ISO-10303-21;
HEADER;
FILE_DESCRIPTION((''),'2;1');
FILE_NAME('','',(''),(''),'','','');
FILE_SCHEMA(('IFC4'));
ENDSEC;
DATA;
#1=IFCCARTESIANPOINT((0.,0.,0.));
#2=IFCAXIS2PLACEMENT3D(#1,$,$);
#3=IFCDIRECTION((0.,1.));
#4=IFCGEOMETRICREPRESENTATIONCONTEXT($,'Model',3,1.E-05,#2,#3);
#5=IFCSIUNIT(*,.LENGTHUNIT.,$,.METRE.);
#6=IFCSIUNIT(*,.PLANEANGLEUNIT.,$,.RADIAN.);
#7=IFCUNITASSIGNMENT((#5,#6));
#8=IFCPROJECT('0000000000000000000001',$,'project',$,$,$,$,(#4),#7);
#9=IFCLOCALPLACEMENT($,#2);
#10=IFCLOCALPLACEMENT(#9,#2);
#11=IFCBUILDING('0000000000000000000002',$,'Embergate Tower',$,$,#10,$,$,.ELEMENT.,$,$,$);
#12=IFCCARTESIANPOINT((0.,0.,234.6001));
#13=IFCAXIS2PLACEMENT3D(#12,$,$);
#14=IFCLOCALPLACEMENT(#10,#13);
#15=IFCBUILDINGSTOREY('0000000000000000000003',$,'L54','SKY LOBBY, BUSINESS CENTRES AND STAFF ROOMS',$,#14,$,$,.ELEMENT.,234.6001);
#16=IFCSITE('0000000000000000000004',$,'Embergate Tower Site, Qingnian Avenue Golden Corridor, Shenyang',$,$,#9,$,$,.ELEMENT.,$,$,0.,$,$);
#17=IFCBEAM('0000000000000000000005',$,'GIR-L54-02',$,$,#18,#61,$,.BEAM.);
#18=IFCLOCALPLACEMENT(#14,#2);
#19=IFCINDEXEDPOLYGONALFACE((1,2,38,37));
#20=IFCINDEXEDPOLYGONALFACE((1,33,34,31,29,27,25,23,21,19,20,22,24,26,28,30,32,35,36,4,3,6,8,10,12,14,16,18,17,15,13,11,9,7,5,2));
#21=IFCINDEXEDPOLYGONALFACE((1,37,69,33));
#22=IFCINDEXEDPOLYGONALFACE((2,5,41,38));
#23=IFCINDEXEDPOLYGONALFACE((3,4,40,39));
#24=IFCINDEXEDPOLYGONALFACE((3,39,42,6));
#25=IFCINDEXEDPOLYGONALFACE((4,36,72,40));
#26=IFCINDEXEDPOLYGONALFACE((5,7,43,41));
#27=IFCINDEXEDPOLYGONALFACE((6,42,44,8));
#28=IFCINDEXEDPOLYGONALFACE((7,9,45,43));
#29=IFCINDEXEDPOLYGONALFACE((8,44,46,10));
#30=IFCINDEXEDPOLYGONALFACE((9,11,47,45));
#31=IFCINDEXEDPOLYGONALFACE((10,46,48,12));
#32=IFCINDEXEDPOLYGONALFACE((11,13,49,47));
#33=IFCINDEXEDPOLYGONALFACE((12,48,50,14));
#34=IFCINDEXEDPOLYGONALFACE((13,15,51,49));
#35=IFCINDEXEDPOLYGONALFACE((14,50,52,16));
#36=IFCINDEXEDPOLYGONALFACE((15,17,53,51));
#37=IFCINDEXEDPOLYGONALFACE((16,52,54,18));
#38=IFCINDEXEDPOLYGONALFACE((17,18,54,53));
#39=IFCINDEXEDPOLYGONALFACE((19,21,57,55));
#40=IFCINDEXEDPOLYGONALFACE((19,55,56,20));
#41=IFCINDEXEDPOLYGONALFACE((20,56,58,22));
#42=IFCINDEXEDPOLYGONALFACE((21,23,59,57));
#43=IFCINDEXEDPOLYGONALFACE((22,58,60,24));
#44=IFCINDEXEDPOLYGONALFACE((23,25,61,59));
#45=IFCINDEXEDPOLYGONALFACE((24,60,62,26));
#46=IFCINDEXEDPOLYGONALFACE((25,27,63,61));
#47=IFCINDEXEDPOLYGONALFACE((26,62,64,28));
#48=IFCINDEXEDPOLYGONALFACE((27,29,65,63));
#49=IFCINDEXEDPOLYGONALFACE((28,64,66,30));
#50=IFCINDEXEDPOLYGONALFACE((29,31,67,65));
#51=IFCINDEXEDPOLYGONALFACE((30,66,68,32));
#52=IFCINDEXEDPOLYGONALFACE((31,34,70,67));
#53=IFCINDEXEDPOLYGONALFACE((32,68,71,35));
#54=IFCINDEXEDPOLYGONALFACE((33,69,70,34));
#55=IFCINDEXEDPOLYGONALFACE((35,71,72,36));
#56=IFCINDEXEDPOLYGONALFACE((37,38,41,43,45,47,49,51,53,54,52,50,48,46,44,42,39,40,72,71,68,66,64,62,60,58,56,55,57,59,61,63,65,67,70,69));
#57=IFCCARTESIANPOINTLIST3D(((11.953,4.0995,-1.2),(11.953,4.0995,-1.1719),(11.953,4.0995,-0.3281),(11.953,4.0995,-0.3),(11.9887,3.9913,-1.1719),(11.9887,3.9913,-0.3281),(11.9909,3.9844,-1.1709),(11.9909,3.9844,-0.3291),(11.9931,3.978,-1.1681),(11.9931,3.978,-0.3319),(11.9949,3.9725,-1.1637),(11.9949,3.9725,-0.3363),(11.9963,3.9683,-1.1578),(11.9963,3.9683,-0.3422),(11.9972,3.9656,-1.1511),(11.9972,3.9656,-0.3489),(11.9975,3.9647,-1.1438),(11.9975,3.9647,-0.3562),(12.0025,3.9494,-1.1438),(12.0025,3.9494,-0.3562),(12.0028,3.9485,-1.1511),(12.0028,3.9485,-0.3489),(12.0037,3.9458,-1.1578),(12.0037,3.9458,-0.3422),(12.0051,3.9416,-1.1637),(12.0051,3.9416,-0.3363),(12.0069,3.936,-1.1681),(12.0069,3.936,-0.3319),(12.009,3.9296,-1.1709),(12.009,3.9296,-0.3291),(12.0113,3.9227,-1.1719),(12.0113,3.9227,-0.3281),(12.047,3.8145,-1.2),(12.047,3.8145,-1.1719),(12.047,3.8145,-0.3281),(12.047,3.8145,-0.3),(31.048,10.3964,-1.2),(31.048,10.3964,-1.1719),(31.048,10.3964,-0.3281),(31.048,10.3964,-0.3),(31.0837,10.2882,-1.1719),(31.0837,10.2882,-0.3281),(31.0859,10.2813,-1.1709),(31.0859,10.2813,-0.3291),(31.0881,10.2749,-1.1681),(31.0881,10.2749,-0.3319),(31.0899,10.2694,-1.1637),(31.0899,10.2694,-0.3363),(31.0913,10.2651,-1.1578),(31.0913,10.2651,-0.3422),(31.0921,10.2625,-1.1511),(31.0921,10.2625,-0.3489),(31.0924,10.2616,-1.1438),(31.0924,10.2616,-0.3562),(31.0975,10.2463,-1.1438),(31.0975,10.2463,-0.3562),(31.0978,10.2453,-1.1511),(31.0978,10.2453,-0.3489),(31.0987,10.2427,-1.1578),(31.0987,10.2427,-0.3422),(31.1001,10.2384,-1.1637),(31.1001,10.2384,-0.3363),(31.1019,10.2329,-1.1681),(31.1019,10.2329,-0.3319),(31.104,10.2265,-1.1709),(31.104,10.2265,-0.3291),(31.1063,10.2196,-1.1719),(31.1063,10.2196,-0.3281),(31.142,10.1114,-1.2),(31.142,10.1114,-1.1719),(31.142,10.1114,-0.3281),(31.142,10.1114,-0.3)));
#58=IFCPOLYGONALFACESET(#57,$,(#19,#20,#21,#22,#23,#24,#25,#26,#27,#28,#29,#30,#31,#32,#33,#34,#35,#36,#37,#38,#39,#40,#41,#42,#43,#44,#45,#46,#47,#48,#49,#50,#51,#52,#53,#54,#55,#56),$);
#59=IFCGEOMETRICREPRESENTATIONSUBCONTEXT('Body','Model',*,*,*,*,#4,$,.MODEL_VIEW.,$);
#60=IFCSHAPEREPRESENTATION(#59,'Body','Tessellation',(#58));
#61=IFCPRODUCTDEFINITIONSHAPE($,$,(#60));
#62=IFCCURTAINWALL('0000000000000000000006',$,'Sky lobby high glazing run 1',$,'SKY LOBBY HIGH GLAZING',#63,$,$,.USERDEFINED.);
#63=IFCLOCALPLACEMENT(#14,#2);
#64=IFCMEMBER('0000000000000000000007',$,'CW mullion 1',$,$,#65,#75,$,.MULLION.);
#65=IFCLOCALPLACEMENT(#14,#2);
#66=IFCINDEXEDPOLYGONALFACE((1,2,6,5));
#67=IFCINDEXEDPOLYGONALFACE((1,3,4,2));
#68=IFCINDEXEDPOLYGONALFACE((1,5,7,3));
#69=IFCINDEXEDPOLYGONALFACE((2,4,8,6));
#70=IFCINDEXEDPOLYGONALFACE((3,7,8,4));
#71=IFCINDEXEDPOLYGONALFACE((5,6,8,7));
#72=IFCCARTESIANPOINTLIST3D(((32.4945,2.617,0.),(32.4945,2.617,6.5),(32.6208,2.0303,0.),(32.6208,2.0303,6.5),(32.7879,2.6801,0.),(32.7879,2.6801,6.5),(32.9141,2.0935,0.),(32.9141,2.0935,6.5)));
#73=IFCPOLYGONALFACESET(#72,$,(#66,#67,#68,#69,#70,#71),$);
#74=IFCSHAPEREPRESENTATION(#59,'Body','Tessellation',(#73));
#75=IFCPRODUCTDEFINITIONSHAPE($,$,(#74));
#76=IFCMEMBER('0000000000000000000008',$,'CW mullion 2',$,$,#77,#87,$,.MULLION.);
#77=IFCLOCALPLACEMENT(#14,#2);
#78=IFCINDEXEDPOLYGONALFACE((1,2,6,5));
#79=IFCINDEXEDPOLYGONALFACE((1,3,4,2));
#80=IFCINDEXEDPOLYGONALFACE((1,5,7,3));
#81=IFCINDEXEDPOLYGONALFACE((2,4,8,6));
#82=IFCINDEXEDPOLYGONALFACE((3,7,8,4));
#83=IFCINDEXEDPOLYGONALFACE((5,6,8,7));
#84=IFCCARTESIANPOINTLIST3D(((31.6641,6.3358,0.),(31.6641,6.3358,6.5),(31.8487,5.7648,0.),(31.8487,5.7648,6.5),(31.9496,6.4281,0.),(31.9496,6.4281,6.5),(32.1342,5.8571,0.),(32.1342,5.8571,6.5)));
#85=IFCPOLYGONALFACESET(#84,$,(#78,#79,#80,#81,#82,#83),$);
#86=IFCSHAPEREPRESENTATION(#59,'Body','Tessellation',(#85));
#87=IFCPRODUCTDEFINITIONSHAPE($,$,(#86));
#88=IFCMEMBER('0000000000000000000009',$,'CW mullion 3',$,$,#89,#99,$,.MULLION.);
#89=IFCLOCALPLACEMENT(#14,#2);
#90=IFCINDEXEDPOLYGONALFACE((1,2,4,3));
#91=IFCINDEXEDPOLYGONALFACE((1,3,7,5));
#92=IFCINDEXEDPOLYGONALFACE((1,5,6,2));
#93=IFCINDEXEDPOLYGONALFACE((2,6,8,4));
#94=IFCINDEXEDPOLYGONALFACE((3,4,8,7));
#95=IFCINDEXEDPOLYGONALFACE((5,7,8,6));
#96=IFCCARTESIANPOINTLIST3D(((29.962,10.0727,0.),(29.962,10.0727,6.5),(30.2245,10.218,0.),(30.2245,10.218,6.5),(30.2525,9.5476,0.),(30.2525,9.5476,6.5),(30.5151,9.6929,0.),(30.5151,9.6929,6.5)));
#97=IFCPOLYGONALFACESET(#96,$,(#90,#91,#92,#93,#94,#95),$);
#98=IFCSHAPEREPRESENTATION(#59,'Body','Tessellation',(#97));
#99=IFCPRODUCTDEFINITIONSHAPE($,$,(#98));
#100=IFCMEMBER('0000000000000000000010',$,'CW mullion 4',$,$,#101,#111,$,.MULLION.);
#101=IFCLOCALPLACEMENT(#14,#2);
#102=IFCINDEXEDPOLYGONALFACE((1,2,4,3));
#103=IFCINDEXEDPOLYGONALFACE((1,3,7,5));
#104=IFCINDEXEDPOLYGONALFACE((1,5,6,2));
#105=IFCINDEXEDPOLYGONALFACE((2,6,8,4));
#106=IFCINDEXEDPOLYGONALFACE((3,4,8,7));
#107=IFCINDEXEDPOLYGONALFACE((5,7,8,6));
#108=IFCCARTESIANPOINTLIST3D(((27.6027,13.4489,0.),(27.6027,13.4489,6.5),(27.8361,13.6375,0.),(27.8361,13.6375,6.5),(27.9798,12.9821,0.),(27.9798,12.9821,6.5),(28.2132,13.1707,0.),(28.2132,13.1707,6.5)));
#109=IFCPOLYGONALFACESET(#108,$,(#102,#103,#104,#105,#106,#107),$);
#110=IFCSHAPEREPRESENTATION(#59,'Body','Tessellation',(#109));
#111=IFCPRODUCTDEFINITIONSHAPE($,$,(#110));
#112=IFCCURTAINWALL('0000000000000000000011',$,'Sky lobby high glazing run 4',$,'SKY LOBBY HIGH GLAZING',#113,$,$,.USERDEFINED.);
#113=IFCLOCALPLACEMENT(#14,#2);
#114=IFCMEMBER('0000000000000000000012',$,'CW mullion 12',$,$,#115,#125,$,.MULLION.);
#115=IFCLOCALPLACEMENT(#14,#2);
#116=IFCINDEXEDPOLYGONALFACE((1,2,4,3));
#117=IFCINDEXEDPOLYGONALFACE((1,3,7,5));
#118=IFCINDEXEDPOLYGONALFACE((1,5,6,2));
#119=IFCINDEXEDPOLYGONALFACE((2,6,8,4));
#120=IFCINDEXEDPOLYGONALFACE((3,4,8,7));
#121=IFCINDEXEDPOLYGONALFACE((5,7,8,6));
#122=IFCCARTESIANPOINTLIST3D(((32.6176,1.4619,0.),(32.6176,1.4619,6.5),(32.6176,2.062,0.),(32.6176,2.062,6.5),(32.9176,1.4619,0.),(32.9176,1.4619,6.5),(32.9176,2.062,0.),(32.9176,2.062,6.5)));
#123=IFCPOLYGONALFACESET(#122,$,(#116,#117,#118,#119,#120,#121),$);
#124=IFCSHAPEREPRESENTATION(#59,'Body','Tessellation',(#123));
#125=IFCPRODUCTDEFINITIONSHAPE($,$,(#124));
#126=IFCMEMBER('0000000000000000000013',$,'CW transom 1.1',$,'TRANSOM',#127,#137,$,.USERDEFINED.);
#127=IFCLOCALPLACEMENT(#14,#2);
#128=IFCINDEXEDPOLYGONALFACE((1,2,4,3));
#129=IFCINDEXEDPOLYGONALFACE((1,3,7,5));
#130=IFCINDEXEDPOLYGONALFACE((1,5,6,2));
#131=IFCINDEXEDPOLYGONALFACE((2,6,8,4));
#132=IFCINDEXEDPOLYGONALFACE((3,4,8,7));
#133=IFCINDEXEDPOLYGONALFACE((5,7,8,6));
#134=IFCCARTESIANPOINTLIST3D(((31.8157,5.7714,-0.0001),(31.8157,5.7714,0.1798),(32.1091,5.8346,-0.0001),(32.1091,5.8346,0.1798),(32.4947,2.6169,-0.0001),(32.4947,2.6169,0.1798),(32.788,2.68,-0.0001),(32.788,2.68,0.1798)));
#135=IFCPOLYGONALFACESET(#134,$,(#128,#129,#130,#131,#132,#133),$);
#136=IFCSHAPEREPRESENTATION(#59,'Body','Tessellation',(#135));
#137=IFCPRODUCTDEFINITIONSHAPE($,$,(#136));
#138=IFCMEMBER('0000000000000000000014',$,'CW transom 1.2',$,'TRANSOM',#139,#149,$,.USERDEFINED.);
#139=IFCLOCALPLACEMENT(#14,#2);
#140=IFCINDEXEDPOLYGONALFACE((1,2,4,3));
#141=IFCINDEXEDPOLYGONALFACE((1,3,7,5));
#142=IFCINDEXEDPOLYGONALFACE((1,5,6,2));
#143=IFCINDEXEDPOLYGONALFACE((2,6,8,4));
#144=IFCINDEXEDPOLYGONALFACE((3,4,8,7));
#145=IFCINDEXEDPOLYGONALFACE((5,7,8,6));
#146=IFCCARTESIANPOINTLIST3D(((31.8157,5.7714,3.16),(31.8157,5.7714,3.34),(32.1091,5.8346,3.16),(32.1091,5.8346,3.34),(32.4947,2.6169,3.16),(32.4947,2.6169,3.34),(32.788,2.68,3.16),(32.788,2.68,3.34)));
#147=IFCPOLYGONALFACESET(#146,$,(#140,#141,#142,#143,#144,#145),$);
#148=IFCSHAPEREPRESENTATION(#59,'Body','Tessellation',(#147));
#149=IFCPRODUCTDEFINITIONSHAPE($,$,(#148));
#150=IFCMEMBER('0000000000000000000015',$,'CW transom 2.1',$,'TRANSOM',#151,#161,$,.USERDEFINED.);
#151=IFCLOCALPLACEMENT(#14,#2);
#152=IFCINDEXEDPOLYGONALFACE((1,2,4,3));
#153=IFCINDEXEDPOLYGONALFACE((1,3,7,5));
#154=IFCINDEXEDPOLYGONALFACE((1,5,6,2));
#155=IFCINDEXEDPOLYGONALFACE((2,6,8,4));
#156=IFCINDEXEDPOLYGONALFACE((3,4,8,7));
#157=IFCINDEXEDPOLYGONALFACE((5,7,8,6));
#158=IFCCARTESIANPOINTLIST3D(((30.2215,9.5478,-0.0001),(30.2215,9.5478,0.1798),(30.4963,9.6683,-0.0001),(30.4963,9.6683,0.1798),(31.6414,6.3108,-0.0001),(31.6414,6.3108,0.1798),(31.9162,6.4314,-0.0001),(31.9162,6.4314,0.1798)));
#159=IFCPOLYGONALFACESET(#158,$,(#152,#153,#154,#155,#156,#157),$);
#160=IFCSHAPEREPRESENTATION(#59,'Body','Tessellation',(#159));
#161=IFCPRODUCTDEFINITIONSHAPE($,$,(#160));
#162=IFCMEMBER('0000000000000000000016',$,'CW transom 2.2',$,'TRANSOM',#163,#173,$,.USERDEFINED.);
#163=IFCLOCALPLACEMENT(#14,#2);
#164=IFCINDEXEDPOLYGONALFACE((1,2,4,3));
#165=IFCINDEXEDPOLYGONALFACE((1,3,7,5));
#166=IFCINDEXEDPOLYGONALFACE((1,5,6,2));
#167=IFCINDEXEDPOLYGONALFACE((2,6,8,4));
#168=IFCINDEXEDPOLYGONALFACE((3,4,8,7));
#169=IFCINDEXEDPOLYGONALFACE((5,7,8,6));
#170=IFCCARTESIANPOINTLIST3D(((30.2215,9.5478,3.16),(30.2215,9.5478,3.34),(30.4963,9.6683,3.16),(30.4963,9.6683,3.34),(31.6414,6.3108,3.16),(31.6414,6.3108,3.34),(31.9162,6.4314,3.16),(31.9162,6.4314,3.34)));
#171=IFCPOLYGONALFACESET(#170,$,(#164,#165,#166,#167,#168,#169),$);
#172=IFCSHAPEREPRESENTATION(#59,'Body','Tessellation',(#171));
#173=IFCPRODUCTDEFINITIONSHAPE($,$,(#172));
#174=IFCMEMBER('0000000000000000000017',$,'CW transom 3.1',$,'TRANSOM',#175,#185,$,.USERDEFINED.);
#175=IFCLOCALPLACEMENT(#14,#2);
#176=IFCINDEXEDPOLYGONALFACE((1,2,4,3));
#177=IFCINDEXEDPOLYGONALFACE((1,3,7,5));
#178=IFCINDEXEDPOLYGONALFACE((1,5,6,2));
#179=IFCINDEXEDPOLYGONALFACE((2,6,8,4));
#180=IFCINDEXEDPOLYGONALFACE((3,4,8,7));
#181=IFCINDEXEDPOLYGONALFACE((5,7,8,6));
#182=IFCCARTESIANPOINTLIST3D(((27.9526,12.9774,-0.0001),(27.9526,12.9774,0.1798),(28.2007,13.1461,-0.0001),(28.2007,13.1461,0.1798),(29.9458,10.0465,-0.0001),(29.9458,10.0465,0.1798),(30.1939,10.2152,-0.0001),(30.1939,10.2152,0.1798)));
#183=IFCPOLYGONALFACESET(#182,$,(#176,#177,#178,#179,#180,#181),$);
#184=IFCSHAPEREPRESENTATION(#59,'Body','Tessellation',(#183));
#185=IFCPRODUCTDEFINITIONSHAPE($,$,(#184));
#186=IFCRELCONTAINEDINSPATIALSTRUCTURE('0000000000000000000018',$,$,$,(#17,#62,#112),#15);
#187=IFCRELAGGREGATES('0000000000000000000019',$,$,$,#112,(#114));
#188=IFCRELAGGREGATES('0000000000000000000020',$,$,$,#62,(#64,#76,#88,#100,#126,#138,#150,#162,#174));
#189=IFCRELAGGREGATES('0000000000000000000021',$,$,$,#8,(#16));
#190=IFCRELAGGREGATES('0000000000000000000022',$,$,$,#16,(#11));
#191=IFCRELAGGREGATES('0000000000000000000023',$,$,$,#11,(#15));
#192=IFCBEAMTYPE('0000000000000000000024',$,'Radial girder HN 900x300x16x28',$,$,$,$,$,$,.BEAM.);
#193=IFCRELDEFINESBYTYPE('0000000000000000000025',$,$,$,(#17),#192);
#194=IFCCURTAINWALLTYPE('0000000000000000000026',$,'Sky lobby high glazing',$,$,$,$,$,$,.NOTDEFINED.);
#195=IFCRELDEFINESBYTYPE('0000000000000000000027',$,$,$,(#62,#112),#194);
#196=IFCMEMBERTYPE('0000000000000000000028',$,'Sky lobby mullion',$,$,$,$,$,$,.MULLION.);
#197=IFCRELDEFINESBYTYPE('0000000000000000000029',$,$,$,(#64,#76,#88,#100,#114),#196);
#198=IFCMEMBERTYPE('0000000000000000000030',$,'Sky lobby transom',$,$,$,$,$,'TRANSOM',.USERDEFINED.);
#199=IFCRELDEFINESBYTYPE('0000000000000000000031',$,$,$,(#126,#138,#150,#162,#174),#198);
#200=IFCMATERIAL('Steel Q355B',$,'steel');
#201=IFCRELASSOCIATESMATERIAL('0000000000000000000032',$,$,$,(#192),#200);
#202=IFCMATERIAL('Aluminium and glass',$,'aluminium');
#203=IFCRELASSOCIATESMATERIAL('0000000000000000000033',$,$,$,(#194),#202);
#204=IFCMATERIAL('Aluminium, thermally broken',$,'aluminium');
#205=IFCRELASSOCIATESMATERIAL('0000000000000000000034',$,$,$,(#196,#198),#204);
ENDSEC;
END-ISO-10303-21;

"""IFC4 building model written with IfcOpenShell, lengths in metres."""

from ifc_helpers import new_model, si_unit, direction, frame, origin, origin_2d, place, context, subcontext, project, spatial, rectangle, i_section, extrude, source, transform, mapped, material, material_profile, profile_set, type_object, element, aggregate, save


model = new_model("IFC4")

# Units and contexts
model_context = context("Model", 3, precision=1e-05, world=origin(), true_north=direction((0.0, 1.0)))
body_context = subcontext(model_context, "Body", "Model", "MODEL_VIEW")
ifc_project = project(units=[si_unit("LENGTHUNIT", "METRE"), si_unit("PLANEANGLEUNIT", "RADIAN")], contexts=[model_context])

# Site, building, storey
site_placement = place(None, origin())
site = spatial("IfcSite", under=ifc_project, at=site_placement, Name="Embergate Tower Site, Qingnian Avenue Golden Corridor, Shenyang", CompositionType="ELEMENT", RefElevation=0.0)
building_placement = place(site_placement, origin())
building = spatial("IfcBuilding", under=site, at=building_placement, Name="Embergate Tower", CompositionType="ELEMENT")
storey_placement = place(building_placement, frame((0.0, 0.0, 234.6001)))
storey = spatial("IfcBuildingStorey", under=building, at=storey_placement, Name="L54", Description="SKY LOBBY, BUSINESS CENTRES AND STAFF ROOMS", CompositionType="ELEMENT", Elevation=234.6001)

# Beam
ifc_material_1 = material(Name="Steel Q355B", Category="steel")
ifc_material_profile_1 = material_profile(ifc_material_1, i_section(OverallWidth=0.3, OverallDepth=0.8999, WebThickness=0.0161, FlangeThickness=0.0281, FilletRadius=0.0281, at=origin_2d()), Name="HN 900x300x16x28")
ifc_profile_set_1 = profile_set([ifc_material_profile_1], Name="Steel Q355 grade B")
beam_type_1 = type_object("IfcBeamType", Name="Radial girder HN 900x300x16x28", PredefinedType="BEAM", material=ifc_profile_set_1)
shared_shape_1 = source(origin(), body_context, "Body", "SweptSolid", [
    extrude(i_section(OverallWidth=0.3, OverallDepth=0.8999, WebThickness=0.0161, FlangeThickness=0.0281, FilletRadius=0.0281, at=origin_2d()), origin(), (0.0, 0.0, 1.0), 20.1064),
])
beam_1_placement = place(storey_placement, frame((31.095, 10.2539, -0.75), z_axis=(-0.949695, -0.313177, 0.0), x_axis=(0.313177, -0.949695, 0.0)))
element("IfcBeam", 1, at=beam_1_placement, inside=storey, type_object=beam_type_1, Name="GIR-L54-02", PredefinedType="BEAM", context=body_context, shape_type="MappedRepresentation", body=[
    mapped(shared_shape_1, transform((0.0, 0.0, 0.0))),
])

# Curtain wall, members
ifc_material_2 = material(Name="Aluminium and glass", Category="aluminium")
curtain_wall_type = type_object("IfcCurtainWallType", Name="Sky lobby high glazing", PredefinedType="NOTDEFINED", material=ifc_material_2)
curtain_wall_1_placement = place(storey_placement, origin())
curtain_wall_1 = element("IfcCurtainWall", 2, at=curtain_wall_1_placement, inside=storey, type_object=curtain_wall_type, Name="Sky lobby high glazing run 1", ObjectType="SKY LOBBY HIGH GLAZING", PredefinedType="USERDEFINED")
ifc_material_3 = material(Name="Aluminium, thermally broken", Category="aluminium")
ifc_material_profile_2 = material_profile(ifc_material_3, rectangle(XDim=0.3, YDim=0.6001, at=origin_2d()), Name="AL 600x300")
ifc_profile_set_2 = profile_set([ifc_material_profile_2], Name="Aluminium, thermally broken")
member_type_1 = type_object("IfcMemberType", Name="Sky lobby mullion", PredefinedType="MULLION", material=ifc_profile_set_2)
shared_shape_2 = source(origin(), body_context, "Body", "SweptSolid", [
    extrude(rectangle(XDim=0.3, YDim=0.6001, at=origin_2d()), origin(), (0.0, 0.0, 1.0), 6.5),
])
member_1_placement = place(storey_placement, frame((32.7043, 2.3552, 0.0), z_axis=(0.0, 0.0, 1.0), x_axis=(-0.977615, -0.210402, 0.0)))
member_1 = element("IfcMember", 3, at=member_1_placement, type_object=member_type_1, Name="CW mullion 1", PredefinedType="MULLION", context=body_context, shape_type="MappedRepresentation", body=[
    mapped(shared_shape_2, transform((0.0, 0.0, 0.0))),
])
member_2_placement = place(storey_placement, frame((31.8992, 6.0964, 0.0), z_axis=(0.0, 0.0, 1.0), x_axis=(-0.951491, -0.307677, 0.0)))
member_2 = element("IfcMember", 4, at=member_2_placement, type_object=member_type_1, Name="CW mullion 2", PredefinedType="MULLION", context=body_context, shape_type="MappedRepresentation", body=[
    mapped(shared_shape_2, transform((0.0, 0.0, 0.0))),
])
member_3_placement = place(storey_placement, frame((30.2385, 9.8828, 0.0), z_axis=(0.0, 0.0, 1.0), x_axis=(-0.874989, -0.484142, 0.0)))
member_3 = element("IfcMember", 5, at=member_3_placement, type_object=member_type_1, Name="CW mullion 3", PredefinedType="MULLION", context=body_context, shape_type="MappedRepresentation", body=[
    mapped(shared_shape_2, transform((0.0, 0.0, 0.0))),
])
member_4_placement = place(storey_placement, frame((27.908, 13.3098, 0.0), z_axis=(0.0, 0.0, 1.0), x_axis=(-0.777858, -0.62844, 0.0)))
member_4 = element("IfcMember", 6, at=member_4_placement, type_object=member_type_1, Name="CW mullion 4", PredefinedType="MULLION", context=body_context, shape_type="MappedRepresentation", body=[
    mapped(shared_shape_2, transform((0.0, 0.0, 0.0))),
])

# Curtain wall, member
curtain_wall_2_placement = place(storey_placement, origin())
curtain_wall_2 = element("IfcCurtainWall", 7, at=curtain_wall_2_placement, inside=storey, type_object=curtain_wall_type, Name="Sky lobby high glazing run 4", ObjectType="SKY LOBBY HIGH GLAZING", PredefinedType="USERDEFINED")
member_5_placement = place(storey_placement, frame((32.7676, 1.762, 0.0), z_axis=(0.0, 0.0, 1.0), x_axis=(-1.0, 0.0, 0.0)))
member_5 = element("IfcMember", 8, at=member_5_placement, type_object=member_type_1, Name="CW mullion 12", PredefinedType="MULLION", context=body_context, shape_type="MappedRepresentation", body=[
    mapped(shared_shape_2, transform((0.0, 0.0, 0.0))),
])
aggregate(curtain_wall_2, [member_5])

# Members
ifc_material_profile_3 = material_profile(ifc_material_3, rectangle(XDim=0.3, YDim=0.1799, at=origin_2d()), Name="AL 180x300")
ifc_profile_set_3 = profile_set([ifc_material_profile_3], Name="Aluminium, thermally broken")
member_type_2 = type_object("IfcMemberType", Name="Sky lobby transom", ElementType="TRANSOM", PredefinedType="USERDEFINED", material=ifc_profile_set_3)
shared_shape_3 = source(origin(), body_context, "Body", "SweptSolid", [
    extrude(rectangle(XDim=0.3, YDim=0.1799, at=origin_2d()), origin(), (0.0, 0.0, 1.0), 3.2268),
])
member_6_placement = place(storey_placement, frame((32.6414, 2.6484, 0.0898), z_axis=(-0.210413, 0.977613, 0.0), x_axis=(-0.977613, -0.210413, 0.0)))
member_6 = element("IfcMember", 9, at=member_6_placement, type_object=member_type_2, Name="CW transom 1.1", ObjectType="TRANSOM", PredefinedType="USERDEFINED", context=body_context, shape_type="MappedRepresentation", body=[
    mapped(shared_shape_3, transform((0.0, 0.0, 0.0))),
])
member_7_placement = place(storey_placement, frame((32.6414, 2.6484, 3.25), z_axis=(-0.210413, 0.977613, 0.0), x_axis=(-0.977613, -0.210413, 0.0)))
member_7 = element("IfcMember", 10, at=member_7_placement, type_object=member_type_2, Name="CW transom 1.2", ObjectType="TRANSOM", PredefinedType="USERDEFINED", context=body_context, shape_type="MappedRepresentation", body=[
    mapped(shared_shape_3, transform((0.0, 0.0, 0.0))),
])
shared_shape_4 = source(origin(), body_context, "Body", "SweptSolid", [
    extrude(rectangle(XDim=0.3, YDim=0.1799, at=origin_2d()), origin(), (0.0, 0.0, 1.0), 3.5347),
])
member_8_placement = place(storey_placement, frame((31.7788, 6.3711, 0.0898), z_axis=(-0.401699, 0.915772, 0.0), x_axis=(-0.915772, -0.401699, 0.0)))
member_8 = element("IfcMember", 11, at=member_8_placement, type_object=member_type_2, Name="CW transom 2.1", ObjectType="TRANSOM", PredefinedType="USERDEFINED", context=body_context, shape_type="MappedRepresentation", body=[
    mapped(shared_shape_4, transform((0.0, 0.0, 0.0))),
])
member_9_placement = place(storey_placement, frame((31.7788, 6.3711, 3.25), z_axis=(-0.401699, 0.915772, 0.0), x_axis=(-0.915772, -0.401699, 0.0)))
member_9 = element("IfcMember", 12, at=member_9_placement, type_object=member_type_2, Name="CW transom 2.2", ObjectType="TRANSOM", PredefinedType="USERDEFINED", context=body_context, shape_type="MappedRepresentation", body=[
    mapped(shared_shape_4, transform((0.0, 0.0, 0.0))),
])
shared_shape_5 = source(origin(), body_context, "Body", "SweptSolid", [
    extrude(rectangle(XDim=0.3, YDim=0.1799, at=origin_2d()), origin(), (0.0, 0.0, 1.0), 3.5444),
])
member_10_placement = place(storey_placement, frame((30.0698, 10.1309, 0.0898), z_axis=(-0.562338, 0.826907, 0.0), x_axis=(-0.826907, -0.562338, 0.0)))
member_10 = element("IfcMember", 13, at=member_10_placement, type_object=member_type_2, Name="CW transom 3.1", ObjectType="TRANSOM", PredefinedType="USERDEFINED", context=body_context, shape_type="MappedRepresentation", body=[
    mapped(shared_shape_5, transform((0.0, 0.0, 0.0))),
])

aggregate(curtain_wall_1, [member_1, member_2, member_3, member_4, member_6, member_7, member_8, member_9, member_10])

save(model, "model.ifc")
